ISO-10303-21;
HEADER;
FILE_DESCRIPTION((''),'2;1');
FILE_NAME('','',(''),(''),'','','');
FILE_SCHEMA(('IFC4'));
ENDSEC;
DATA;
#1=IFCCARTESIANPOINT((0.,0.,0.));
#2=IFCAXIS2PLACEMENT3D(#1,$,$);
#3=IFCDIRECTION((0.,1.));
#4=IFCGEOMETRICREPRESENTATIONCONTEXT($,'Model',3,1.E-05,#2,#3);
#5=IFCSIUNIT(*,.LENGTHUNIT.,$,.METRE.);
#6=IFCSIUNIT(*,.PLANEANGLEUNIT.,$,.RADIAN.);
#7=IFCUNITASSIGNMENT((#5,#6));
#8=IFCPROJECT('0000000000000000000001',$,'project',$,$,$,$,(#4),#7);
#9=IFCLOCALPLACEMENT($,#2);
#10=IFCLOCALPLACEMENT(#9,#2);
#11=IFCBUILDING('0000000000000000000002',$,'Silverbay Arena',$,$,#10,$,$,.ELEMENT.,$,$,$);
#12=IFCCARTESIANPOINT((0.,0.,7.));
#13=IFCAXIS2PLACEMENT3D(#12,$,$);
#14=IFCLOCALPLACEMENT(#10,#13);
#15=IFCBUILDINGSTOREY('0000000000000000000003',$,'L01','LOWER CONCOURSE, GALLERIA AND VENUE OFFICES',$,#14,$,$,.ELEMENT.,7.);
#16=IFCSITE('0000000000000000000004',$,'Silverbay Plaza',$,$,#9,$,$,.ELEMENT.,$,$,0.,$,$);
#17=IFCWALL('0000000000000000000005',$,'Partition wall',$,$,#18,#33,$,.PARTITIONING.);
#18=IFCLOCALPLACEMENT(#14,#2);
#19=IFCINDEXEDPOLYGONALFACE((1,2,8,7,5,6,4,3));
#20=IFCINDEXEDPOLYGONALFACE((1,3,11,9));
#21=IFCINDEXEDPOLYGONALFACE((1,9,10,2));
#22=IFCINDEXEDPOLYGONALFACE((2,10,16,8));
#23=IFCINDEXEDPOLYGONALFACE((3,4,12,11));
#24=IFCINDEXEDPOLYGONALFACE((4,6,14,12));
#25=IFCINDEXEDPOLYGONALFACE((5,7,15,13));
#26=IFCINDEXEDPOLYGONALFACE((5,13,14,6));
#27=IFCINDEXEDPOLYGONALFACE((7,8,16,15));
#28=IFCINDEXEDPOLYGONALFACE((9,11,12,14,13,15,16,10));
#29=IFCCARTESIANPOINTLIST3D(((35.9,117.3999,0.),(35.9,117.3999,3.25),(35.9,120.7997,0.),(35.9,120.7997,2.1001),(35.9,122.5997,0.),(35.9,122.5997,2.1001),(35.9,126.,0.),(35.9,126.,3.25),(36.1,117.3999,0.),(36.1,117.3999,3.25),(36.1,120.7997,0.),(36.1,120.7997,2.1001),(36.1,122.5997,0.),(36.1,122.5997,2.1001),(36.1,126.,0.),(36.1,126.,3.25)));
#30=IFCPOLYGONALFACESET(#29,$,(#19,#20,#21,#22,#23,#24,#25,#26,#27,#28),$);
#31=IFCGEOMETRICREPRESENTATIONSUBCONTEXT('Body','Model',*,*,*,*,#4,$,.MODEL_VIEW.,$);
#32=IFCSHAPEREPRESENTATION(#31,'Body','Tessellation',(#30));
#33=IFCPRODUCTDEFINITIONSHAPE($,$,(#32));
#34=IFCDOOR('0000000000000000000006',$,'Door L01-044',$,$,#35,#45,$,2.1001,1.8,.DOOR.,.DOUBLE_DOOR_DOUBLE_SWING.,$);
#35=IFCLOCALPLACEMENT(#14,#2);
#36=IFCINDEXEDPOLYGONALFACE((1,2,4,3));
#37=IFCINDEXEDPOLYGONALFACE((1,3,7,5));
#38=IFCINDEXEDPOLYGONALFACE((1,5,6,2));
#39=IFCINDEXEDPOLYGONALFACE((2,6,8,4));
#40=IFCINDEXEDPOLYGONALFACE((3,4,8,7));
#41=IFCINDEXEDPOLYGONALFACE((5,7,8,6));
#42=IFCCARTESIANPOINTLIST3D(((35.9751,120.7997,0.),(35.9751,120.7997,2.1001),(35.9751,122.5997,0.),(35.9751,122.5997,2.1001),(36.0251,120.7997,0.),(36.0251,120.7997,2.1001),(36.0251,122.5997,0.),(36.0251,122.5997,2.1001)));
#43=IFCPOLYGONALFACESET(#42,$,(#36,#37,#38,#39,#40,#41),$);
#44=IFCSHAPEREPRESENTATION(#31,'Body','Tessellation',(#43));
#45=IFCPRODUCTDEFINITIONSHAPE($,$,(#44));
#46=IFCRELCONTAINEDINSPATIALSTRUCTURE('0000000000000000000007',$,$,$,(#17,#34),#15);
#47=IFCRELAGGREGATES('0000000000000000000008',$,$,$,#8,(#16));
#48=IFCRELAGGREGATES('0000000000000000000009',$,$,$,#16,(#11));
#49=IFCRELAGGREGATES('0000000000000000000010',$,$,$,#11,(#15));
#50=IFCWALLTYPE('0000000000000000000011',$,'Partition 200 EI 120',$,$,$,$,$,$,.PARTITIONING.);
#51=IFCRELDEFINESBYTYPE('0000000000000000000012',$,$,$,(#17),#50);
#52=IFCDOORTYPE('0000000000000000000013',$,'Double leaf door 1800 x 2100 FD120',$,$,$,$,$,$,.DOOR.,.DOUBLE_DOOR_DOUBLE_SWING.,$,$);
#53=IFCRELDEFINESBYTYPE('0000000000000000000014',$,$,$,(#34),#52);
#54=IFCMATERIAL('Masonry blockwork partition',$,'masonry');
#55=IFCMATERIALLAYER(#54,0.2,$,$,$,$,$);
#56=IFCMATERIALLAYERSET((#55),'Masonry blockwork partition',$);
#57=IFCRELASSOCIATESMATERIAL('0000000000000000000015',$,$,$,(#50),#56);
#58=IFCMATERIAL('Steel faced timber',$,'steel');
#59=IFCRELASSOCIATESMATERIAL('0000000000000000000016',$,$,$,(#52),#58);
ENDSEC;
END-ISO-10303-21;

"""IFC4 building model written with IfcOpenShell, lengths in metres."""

from ifc_helpers import new_model, si_unit, direction, frame, frame_2d, origin, place, context, subcontext, project, spatial, rectangle, extrude, material, layer, layer_set, type_object, element, fill, save


model = new_model("IFC4")

# Units and contexts
model_context = context("Model", 3, precision=1e-05, world=origin(), true_north=direction((0.0, 1.0)))
body_context = subcontext(model_context, "Body", "Model", "MODEL_VIEW")
ifc_project = project(units=[si_unit("LENGTHUNIT", "METRE"), si_unit("PLANEANGLEUNIT", "RADIAN")], contexts=[model_context])

# Site, building, storey
site_placement = place(None, origin())
site = spatial("IfcSite", under=ifc_project, at=site_placement, Name="Silverbay Plaza", CompositionType="ELEMENT", RefElevation=0.0)
building_placement = place(site_placement, origin())
building = spatial("IfcBuilding", under=site, at=building_placement, Name="Silverbay Arena", CompositionType="ELEMENT")
storey_placement = place(building_placement, frame((0.0, 0.0, 7.0)))
storey = spatial("IfcBuildingStorey", under=building, at=storey_placement, Name="L01", Description="LOWER CONCOURSE, GALLERIA AND VENUE OFFICES", CompositionType="ELEMENT", Elevation=7.0)

# Shared definitions
ifc_material_1 = material(Name="Masonry blockwork partition", Category="masonry")
ifc_layer_1 = layer(ifc_material_1, 0.2)
ifc_layer_set_1 = layer_set([ifc_layer_1], Name="Masonry blockwork partition")
wall_type = type_object("IfcWallType", Name="Partition 200 EI 120", PredefinedType="PARTITIONING", material=ifc_layer_set_1)

# Wall, opening, door
wall_1_placement = place(storey_placement, frame((36.0, 117.3999, 0.0), z_axis=(0.0, 0.0, 1.0), x_axis=(0.0, 1.0, 0.0)))
wall_1 = element("IfcWall", 1, at=wall_1_placement, inside=storey, type_object=wall_type, Name="Partition wall", PredefinedType="PARTITIONING", context=body_context, shape_type="SweptSolid", body=[
    extrude(rectangle(XDim=8.6001, YDim=0.2, at=frame_2d((4.3, 0.0))), origin(), (0.0, 0.0, 1.0), 3.25),
])
opening_placement = place(wall_1_placement, frame((3.3999, 0.0, 0.0)))
opening = element("IfcOpeningElement", 2, at=opening_placement, cuts=wall_1, PredefinedType="OPENING", context=body_context, shape_type="SweptSolid", body=[
    extrude(rectangle(XDim=1.8, YDim=2.1001, at=frame_2d((0.8999, 1.05))), frame((0.0, 0.1099, 0.0), z_axis=(0.0, -1.0, 0.0), x_axis=(1.0, 0.0, 0.0)), (0.0, 0.0, 1.0), 0.22),
])
ifc_material_2 = material(Name="Steel faced timber", Category="steel")
door_type = type_object("IfcDoorType", Name="Double leaf door 1800 x 2100 FD120", OperationType="DOUBLE_DOOR_DOUBLE_SWING", PredefinedType="DOOR", material=ifc_material_2)
door_placement = place(opening_placement, origin())
door = element("IfcDoor", 3, at=door_placement, inside=storey, type_object=door_type, Name="Door L01-044", OperationType="DOUBLE_DOOR_DOUBLE_SWING", OverallHeight=2.1001, OverallWidth=1.8, PredefinedType="DOOR", context=body_context, shape_type="SweptSolid", body=[
    extrude(rectangle(XDim=1.8, YDim=2.1001, at=frame_2d((0.8999, 1.05))), frame((0.0, 0.0249, 0.0), z_axis=(0.0, -1.0, 0.0), x_axis=(1.0, 0.0, 0.0)), (0.0, 0.0, 1.0), 0.05),
])
fill(opening, door)

save(model, "model.ifc")
